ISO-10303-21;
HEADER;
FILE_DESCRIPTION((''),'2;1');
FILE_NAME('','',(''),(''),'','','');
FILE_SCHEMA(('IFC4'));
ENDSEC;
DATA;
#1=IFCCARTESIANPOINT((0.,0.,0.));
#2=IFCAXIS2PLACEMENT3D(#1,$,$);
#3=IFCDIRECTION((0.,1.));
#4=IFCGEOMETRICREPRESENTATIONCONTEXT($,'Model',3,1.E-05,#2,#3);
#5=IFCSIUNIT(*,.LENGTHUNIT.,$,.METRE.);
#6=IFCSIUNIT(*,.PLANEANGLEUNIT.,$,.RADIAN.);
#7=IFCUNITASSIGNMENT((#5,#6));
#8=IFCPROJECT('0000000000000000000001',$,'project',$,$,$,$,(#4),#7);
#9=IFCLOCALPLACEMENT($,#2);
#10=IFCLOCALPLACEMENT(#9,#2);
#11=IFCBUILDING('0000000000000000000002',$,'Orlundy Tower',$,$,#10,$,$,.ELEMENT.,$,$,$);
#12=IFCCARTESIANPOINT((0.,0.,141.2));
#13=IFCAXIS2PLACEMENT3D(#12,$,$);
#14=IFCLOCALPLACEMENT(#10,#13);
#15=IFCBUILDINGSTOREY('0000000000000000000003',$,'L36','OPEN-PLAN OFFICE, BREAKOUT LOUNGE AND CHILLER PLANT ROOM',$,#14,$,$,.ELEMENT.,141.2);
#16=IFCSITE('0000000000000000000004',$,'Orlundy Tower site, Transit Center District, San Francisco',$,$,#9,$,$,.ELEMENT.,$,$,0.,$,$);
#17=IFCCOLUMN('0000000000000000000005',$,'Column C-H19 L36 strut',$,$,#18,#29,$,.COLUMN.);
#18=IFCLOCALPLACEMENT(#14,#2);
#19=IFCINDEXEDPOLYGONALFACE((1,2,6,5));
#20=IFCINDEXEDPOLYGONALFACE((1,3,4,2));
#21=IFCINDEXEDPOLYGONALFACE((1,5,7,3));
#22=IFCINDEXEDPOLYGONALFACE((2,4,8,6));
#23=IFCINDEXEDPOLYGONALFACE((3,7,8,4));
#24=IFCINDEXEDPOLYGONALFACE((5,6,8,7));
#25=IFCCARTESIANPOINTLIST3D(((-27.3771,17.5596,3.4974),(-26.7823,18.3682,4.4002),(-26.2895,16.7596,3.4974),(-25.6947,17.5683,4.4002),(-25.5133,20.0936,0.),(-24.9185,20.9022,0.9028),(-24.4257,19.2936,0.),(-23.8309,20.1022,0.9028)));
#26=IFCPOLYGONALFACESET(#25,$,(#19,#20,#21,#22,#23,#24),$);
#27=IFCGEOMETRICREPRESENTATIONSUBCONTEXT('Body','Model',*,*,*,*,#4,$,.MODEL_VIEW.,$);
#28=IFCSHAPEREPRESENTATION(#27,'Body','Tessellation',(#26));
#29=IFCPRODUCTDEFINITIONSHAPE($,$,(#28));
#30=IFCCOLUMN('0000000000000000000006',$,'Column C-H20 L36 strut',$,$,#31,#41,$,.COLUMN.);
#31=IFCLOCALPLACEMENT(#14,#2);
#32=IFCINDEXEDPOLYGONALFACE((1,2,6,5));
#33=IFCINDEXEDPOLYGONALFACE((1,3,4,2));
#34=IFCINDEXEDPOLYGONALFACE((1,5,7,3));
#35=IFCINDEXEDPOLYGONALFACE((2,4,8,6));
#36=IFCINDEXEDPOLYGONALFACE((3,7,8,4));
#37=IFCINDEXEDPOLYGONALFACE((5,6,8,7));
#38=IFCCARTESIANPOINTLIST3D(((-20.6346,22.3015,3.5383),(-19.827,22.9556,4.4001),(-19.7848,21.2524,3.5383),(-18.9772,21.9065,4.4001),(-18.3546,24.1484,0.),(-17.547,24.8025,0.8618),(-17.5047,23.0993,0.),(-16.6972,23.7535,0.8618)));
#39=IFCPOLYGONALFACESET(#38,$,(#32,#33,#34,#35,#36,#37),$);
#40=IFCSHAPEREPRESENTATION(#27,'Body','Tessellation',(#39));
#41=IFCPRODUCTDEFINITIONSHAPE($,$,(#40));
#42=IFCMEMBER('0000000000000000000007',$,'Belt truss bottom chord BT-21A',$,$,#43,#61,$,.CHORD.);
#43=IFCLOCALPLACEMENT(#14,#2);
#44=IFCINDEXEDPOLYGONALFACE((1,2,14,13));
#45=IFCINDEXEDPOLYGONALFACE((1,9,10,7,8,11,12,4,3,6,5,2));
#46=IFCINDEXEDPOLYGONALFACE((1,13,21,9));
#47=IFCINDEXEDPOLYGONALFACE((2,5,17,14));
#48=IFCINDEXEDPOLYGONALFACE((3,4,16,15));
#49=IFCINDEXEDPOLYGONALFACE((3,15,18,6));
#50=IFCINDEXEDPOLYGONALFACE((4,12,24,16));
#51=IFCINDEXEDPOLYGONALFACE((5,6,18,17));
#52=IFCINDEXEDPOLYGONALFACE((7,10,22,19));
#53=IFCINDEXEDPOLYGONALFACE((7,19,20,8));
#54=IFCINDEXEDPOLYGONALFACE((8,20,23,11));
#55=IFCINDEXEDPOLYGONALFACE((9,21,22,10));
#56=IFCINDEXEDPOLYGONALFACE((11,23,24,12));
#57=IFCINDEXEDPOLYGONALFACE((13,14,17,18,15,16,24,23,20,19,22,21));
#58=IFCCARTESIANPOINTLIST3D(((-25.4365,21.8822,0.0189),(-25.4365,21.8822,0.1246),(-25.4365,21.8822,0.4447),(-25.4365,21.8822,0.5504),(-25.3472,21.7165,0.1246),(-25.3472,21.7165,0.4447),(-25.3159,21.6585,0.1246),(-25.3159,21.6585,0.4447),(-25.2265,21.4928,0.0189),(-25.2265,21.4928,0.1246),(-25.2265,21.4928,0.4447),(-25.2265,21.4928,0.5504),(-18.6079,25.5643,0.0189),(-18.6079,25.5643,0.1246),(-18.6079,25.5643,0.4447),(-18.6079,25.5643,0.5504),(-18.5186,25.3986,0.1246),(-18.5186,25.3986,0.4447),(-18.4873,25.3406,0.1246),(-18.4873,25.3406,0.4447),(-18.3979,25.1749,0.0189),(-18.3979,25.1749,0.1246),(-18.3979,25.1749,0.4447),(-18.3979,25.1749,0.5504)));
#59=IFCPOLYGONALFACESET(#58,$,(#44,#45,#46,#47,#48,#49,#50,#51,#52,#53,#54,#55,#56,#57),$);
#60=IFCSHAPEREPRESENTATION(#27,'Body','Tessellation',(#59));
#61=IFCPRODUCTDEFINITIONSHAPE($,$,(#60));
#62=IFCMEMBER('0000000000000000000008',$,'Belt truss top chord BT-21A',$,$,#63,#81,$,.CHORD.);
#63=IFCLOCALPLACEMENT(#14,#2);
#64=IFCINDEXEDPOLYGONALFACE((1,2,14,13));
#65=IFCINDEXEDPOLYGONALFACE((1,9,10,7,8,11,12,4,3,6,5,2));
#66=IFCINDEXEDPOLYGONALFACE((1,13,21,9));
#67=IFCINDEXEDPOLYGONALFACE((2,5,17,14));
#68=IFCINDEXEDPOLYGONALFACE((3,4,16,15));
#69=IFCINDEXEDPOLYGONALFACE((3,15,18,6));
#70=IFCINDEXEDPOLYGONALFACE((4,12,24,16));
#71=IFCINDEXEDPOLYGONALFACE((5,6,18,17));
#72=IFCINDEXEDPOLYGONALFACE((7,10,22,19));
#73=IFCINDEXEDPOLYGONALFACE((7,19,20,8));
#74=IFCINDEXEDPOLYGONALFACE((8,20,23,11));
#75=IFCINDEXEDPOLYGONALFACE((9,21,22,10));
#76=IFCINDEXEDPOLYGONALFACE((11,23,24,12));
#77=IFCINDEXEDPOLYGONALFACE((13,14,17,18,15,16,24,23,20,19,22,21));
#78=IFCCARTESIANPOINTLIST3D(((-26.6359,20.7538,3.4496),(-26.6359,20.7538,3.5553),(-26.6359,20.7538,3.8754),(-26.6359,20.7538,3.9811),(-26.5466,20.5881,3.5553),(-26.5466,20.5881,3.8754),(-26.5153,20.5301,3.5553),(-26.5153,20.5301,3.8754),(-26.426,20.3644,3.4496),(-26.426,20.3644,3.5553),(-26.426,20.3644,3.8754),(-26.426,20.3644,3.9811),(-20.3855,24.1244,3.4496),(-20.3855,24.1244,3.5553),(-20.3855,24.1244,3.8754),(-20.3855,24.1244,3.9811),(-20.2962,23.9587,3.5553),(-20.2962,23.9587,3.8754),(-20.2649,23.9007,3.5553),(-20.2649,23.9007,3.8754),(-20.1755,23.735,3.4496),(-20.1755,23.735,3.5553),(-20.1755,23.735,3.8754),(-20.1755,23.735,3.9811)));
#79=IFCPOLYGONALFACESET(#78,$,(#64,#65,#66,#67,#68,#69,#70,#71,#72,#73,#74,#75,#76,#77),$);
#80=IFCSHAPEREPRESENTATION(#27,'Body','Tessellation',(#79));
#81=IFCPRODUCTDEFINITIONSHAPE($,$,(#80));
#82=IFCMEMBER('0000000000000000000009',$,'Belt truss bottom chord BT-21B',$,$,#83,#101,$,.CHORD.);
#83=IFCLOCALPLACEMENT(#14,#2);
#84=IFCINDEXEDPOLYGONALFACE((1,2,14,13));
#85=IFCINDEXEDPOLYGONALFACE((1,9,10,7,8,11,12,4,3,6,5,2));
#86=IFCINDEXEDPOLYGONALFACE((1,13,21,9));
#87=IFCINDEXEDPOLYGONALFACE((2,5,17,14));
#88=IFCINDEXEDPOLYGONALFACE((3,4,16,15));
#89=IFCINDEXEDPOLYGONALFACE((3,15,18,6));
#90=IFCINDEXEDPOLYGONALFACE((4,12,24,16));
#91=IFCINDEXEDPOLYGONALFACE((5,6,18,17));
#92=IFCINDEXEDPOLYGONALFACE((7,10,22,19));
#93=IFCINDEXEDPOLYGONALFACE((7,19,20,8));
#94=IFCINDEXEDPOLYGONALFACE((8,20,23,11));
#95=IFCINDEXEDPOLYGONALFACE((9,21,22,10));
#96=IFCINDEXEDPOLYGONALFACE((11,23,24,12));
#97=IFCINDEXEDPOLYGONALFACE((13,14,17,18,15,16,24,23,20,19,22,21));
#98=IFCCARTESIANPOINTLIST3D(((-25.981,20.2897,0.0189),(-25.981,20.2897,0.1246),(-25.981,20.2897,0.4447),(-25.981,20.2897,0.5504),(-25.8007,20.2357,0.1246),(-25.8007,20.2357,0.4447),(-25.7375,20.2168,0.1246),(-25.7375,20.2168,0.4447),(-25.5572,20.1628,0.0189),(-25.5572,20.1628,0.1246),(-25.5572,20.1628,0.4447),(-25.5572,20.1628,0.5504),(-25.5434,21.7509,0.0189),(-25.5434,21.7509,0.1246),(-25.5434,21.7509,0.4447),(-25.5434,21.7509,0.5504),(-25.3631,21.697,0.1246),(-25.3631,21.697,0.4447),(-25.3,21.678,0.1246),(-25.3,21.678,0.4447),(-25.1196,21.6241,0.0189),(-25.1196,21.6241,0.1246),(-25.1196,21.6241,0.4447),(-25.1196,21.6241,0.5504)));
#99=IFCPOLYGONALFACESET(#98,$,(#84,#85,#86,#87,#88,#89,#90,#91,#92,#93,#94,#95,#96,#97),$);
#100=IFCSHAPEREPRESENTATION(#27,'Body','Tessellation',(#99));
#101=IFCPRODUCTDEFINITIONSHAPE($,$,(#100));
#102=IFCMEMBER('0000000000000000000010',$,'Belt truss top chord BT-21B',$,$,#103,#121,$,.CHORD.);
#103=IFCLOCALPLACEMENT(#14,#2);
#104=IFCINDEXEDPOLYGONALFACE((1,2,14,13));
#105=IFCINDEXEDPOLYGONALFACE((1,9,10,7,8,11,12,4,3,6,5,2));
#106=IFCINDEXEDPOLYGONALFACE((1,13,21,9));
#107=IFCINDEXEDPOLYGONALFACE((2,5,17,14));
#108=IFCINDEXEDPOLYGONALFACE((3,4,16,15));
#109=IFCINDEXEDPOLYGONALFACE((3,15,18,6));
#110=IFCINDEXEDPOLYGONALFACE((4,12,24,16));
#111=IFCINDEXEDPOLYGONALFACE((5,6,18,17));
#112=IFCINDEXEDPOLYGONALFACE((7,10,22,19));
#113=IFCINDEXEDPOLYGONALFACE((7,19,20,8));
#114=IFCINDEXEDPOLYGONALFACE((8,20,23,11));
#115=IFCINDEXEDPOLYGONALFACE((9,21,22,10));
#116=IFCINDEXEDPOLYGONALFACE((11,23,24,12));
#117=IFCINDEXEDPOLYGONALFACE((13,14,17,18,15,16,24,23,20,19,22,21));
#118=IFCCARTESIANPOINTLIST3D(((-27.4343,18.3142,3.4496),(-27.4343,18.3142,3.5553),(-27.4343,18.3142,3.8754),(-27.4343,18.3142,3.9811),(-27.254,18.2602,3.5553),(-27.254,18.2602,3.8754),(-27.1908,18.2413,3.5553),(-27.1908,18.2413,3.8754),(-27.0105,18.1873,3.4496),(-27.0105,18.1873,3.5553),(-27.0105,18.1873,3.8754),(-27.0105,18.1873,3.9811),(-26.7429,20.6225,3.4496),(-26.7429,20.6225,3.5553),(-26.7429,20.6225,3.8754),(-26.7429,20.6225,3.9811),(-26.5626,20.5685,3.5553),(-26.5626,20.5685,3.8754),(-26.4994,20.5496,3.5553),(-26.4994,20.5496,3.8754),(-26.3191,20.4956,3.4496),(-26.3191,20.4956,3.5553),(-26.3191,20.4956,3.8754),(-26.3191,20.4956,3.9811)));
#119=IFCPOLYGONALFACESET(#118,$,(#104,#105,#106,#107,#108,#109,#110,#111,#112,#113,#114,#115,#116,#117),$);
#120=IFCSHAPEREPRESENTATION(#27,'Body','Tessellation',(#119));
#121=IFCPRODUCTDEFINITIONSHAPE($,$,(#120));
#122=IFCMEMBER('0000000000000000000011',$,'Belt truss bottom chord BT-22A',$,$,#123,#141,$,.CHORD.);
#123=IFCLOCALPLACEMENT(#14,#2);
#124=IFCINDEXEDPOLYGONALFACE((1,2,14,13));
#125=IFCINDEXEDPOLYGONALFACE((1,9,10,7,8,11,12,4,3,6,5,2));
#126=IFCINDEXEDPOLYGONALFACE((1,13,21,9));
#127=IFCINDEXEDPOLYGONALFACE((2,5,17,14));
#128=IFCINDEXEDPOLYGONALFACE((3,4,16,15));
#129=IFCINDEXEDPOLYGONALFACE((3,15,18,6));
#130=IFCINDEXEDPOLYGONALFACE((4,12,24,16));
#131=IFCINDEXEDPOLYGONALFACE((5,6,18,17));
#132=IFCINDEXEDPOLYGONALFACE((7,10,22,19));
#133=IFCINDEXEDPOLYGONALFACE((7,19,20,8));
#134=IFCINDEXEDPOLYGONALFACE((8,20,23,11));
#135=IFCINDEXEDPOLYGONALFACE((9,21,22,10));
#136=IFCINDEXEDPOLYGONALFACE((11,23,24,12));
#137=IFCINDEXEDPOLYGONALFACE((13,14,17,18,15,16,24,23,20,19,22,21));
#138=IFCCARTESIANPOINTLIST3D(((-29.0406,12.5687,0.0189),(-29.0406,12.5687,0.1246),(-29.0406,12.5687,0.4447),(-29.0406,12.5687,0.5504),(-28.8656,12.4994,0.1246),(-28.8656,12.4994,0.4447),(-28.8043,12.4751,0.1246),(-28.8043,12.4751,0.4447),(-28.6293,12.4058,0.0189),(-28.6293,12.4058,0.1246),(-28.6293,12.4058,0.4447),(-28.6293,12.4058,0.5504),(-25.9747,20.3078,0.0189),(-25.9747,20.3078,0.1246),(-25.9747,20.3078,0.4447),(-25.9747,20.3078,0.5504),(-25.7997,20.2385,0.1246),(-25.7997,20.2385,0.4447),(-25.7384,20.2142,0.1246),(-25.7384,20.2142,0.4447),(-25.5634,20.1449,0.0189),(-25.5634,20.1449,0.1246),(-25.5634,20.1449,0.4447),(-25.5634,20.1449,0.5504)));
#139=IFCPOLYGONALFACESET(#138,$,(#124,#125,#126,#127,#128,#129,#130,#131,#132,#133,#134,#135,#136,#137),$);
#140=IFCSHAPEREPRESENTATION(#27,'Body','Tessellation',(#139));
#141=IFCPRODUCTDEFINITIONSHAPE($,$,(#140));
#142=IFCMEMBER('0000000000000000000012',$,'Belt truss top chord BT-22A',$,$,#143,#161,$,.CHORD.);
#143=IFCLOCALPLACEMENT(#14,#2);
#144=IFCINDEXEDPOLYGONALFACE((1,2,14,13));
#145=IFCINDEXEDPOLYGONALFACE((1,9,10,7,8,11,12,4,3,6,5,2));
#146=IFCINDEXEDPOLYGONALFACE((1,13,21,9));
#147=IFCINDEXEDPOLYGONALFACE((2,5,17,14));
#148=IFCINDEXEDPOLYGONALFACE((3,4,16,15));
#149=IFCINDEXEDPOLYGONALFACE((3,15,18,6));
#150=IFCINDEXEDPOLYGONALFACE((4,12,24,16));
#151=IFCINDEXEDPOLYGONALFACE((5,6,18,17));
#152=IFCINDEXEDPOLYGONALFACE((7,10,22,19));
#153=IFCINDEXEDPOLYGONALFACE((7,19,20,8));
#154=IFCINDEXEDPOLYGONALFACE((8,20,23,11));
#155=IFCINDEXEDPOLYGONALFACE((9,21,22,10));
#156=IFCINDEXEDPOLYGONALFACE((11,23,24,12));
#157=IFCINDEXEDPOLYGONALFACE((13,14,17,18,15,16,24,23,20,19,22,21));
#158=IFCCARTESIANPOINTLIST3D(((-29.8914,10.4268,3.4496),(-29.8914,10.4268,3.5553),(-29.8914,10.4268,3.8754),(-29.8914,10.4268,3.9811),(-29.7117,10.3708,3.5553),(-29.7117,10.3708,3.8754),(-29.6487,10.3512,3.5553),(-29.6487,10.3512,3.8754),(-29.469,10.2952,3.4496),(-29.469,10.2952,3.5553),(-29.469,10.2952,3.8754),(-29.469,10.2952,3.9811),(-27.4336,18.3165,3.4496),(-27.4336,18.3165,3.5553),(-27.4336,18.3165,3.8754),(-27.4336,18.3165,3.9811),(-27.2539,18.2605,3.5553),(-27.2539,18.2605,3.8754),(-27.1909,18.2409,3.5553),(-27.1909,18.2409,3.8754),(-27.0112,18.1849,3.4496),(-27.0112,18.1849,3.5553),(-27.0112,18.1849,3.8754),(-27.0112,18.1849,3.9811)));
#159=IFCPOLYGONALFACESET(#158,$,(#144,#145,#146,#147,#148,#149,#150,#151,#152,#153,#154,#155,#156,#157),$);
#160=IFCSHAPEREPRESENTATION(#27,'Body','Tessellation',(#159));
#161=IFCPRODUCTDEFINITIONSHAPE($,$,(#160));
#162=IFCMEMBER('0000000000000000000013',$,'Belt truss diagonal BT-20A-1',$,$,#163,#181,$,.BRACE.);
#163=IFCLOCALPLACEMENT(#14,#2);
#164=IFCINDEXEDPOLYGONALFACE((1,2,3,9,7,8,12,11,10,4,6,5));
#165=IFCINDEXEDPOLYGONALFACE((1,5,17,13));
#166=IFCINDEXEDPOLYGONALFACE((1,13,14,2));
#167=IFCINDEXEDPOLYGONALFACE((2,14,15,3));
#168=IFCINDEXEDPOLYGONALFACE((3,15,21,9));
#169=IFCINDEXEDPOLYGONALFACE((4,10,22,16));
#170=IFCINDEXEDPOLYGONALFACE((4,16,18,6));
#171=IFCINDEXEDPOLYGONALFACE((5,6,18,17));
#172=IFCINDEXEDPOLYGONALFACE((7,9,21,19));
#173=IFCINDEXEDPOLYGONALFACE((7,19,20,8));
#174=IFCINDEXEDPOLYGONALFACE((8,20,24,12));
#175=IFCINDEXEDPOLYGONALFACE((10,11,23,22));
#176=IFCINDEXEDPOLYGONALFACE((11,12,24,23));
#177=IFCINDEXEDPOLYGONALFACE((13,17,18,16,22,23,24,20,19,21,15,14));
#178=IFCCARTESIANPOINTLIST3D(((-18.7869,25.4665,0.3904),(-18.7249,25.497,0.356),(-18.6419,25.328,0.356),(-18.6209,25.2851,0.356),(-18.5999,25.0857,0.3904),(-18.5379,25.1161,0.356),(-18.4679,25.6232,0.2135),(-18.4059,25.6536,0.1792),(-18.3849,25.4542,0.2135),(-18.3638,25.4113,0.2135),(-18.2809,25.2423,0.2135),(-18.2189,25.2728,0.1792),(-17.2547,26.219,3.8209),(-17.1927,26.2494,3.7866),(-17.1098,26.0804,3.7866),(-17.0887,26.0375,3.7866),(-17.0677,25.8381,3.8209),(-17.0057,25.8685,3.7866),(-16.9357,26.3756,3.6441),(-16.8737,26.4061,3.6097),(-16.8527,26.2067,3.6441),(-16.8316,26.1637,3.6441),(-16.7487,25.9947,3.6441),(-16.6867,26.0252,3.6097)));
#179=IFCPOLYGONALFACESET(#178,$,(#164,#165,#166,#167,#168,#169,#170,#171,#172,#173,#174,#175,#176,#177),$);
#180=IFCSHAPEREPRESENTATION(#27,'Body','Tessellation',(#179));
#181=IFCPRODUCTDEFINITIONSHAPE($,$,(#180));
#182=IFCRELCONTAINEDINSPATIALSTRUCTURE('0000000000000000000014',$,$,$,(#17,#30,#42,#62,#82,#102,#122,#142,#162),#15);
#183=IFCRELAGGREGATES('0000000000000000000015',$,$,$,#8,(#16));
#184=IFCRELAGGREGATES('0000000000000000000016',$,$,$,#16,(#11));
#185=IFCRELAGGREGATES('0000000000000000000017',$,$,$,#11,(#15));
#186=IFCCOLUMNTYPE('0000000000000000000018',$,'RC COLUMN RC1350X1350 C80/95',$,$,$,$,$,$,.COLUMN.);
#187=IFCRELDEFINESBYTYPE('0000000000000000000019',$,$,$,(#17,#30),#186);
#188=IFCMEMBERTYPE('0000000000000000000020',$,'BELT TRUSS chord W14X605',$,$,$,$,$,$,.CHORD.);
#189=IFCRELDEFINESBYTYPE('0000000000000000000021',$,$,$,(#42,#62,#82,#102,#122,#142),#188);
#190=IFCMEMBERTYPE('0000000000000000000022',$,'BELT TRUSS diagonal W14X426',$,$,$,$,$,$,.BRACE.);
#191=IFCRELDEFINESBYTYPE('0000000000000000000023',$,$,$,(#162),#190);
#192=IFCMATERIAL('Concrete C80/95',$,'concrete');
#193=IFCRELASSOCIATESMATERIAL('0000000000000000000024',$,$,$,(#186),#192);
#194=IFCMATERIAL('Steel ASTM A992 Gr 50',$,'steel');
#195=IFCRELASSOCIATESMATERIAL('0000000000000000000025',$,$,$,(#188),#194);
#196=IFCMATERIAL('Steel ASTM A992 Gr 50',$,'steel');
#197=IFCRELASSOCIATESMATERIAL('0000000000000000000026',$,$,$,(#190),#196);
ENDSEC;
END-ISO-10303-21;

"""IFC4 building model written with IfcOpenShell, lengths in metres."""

from ifc_helpers import new_model, si_unit, direction, frame, origin, origin_2d, place, context, subcontext, project, spatial, rectangle, i_section, extrude, material, material_profile, profile_set, type_object, element, save


model = new_model("IFC4")

# Units and contexts
model_context = context("Model", 3, precision=1e-05, world=origin(), true_north=direction((0.0, 1.0)))
body_context = subcontext(model_context, "Body", "Model", "MODEL_VIEW")
ifc_project = project(units=[si_unit("LENGTHUNIT", "METRE"), si_unit("PLANEANGLEUNIT", "RADIAN")], contexts=[model_context])

# Site, building, storey
site_placement = place(None, origin())
site = spatial("IfcSite", under=ifc_project, at=site_placement, Name="Orlundy Tower site, Transit Center District, San Francisco", CompositionType="ELEMENT", RefElevation=0.0)
building_placement = place(site_placement, origin())
building = spatial("IfcBuilding", under=site, at=building_placement, Name="Orlundy Tower", CompositionType="ELEMENT")
storey_placement = place(building_placement, frame((0.0, 0.0, 141.2)))
storey = spatial("IfcBuildingStorey", under=building, at=storey_placement, Name="L36", Description="OPEN-PLAN OFFICE, BREAKOUT LOUNGE AND CHILLER PLANT ROOM", CompositionType="ELEMENT", Elevation=141.2)

# Columns
ifc_material_1 = material(Name="Concrete C80/95", Category="concrete")
ifc_material_profile_1 = material_profile(ifc_material_1, rectangle(XDim=1.3501, YDim=1.3501, at=origin_2d()), Name="RC1350X1350")
ifc_profile_set_1 = profile_set([ifc_material_profile_1], Name="Concrete C80/95")
column_type = type_object("IfcColumnType", Name="RC COLUMN RC1350X1350 C80/95", PredefinedType="COLUMN", material=ifc_profile_set_1)
column_1_placement = place(storey_placement, frame((-24.6721, 20.0979, 0.4514), z_axis=(-0.396227, -0.5387, 0.743509), x_axis=(0.805563, -0.59251, 0.0)))
element("IfcColumn", 1, at=column_1_placement, inside=storey, type_object=column_type, Name="Column C-H19 L36 strut", PredefinedType="COLUMN", context=body_context, shape_type="SweptSolid", body=[
    extrude(rectangle(XDim=1.3501, YDim=1.3501, at=origin_2d()), origin(), (0.0, 0.0, 1.0), 4.7039),
])
column_2_placement = place(storey_placement, frame((-17.5259, 23.9509, 0.4309), z_axis=(-0.496017, -0.401795, 0.769758), x_axis=(0.629442, -0.777047, 0.0)))
element("IfcColumn", 2, at=column_2_placement, inside=storey, type_object=column_type, Name="Column C-H20 L36 strut", PredefinedType="COLUMN", context=body_context, shape_type="SweptSolid", body=[
    extrude(rectangle(XDim=1.3501, YDim=1.3501, at=origin_2d()), origin(), (0.0, 0.0, 1.0), 4.5967),
])

# Members
ifc_material_2 = material(Name="Steel ASTM A992 Gr 50", Category="steel")
ifc_material_profile_2 = material_profile(ifc_material_2, i_section(OverallWidth=0.4424, OverallDepth=0.5315, WebThickness=0.0659, FlangeThickness=0.1057, at=origin_2d()), Name="W14X605")
ifc_profile_set_2 = profile_set([ifc_material_profile_2], Name="Steel ASTM A992 Gr 50")
member_type_1 = type_object("IfcMemberType", Name="BELT TRUSS chord W14X605", PredefinedType="CHORD", material=ifc_profile_set_2)
member_1_placement = place(storey_placement, frame((-18.5029, 25.3696, 0.2847), z_axis=(-0.880192, -0.474618, 0.0), x_axis=(0.474618, -0.880192, 0.0)))
element("IfcMember", 3, at=member_1_placement, inside=storey, type_object=member_type_1, Name="Belt truss bottom chord BT-21A", PredefinedType="CHORD", context=body_context, shape_type="SweptSolid", body=[
    extrude(i_section(OverallWidth=0.4424, OverallDepth=0.5315, WebThickness=0.0659, FlangeThickness=0.1057, at=origin_2d()), origin(), (0.0, 0.0, 1.0), 7.7581),
])
member_2_placement = place(storey_placement, frame((-20.2805, 23.9297, 3.7153), z_axis=(-0.880179, -0.474641, 0.0), x_axis=(0.474641, -0.880179, 0.0)))
element("IfcMember", 4, at=member_2_placement, inside=storey, type_object=member_type_1, Name="Belt truss top chord BT-21A", PredefinedType="CHORD", context=body_context, shape_type="SweptSolid", body=[
    extrude(i_section(OverallWidth=0.4424, OverallDepth=0.5315, WebThickness=0.0659, FlangeThickness=0.1057, at=origin_2d()), origin(), (0.0, 0.0, 1.0), 7.1013),
])
member_3_placement = place(storey_placement, frame((-25.3315, 21.6875, 0.2847), z_axis=(-0.286834, -0.95798, 0.0), x_axis=(0.95798, -0.286834, 0.0)))
element("IfcMember", 5, at=member_3_placement, inside=storey, type_object=member_type_1, Name="Belt truss bottom chord BT-21B", PredefinedType="CHORD", context=body_context, shape_type="SweptSolid", body=[
    extrude(i_section(OverallWidth=0.4424, OverallDepth=0.5315, WebThickness=0.0659, FlangeThickness=0.1057, at=origin_2d()), origin(), (0.0, 0.0, 1.0), 1.5254),
])
member_4_placement = place(storey_placement, frame((-26.531, 20.5591, 3.7153), z_axis=(-0.28693, -0.957952, 0.0), x_axis=(0.957952, -0.28693, 0.0)))
element("IfcMember", 6, at=member_4_placement, inside=storey, type_object=member_type_1, Name="Belt truss top chord BT-21B", PredefinedType="CHORD", context=body_context, shape_type="SweptSolid", body=[
    extrude(i_section(OverallWidth=0.4424, OverallDepth=0.5315, WebThickness=0.0659, FlangeThickness=0.1057, at=origin_2d()), origin(), (0.0, 0.0, 1.0), 2.4097),
])
member_5_placement = place(storey_placement, frame((-25.769, 20.2263, 0.2847), z_axis=(-0.368314, -0.929701, 0.0), x_axis=(0.929701, -0.368314, 0.0)))
element("IfcMember", 7, at=member_5_placement, inside=storey, type_object=member_type_1, Name="Belt truss bottom chord BT-22A", PredefinedType="CHORD", context=body_context, shape_type="SweptSolid", body=[
    extrude(i_section(OverallWidth=0.4424, OverallDepth=0.5315, WebThickness=0.0659, FlangeThickness=0.1057, at=origin_2d()), origin(), (0.0, 0.0, 1.0), 8.3242),
])
member_6_placement = place(storey_placement, frame((-27.2224, 18.2507, 3.7153), z_axis=(-0.29742, -0.954747, 0.0), x_axis=(0.954747, -0.29742, 0.0)))
element("IfcMember", 8, at=member_6_placement, inside=storey, type_object=member_type_1, Name="Belt truss top chord BT-22A", PredefinedType="CHORD", context=body_context, shape_type="SweptSolid", body=[
    extrude(i_section(OverallWidth=0.4424, OverallDepth=0.5315, WebThickness=0.0659, FlangeThickness=0.1057, at=origin_2d()), origin(), (0.0, 0.0, 1.0), 8.2637),
])
ifc_material_3 = material(Name="Steel ASTM A992 Gr 50", Category="steel")
ifc_material_profile_3 = material_profile(ifc_material_3, i_section(OverallWidth=0.4243, OverallDepth=0.4741, WebThickness=0.0479, FlangeThickness=0.0771, at=origin_2d()), Name="W14X426")
ifc_profile_set_3 = profile_set([ifc_material_profile_3], Name="Steel ASTM A992 Gr 50")
member_type_2 = type_object("IfcMemberType", Name="BELT TRUSS diagonal W14X426", PredefinedType="BRACE", material=ifc_profile_set_3)
member_7_placement = place(storey_placement, frame((-16.9707, 26.1221, 3.7153), z_axis=(-0.399862, -0.196363, -0.895294), x_axis=(0.440795, -0.897608, 0.0)))
element("IfcMember", 9, at=member_7_placement, inside=storey, type_object=member_type_2, Name="Belt truss diagonal BT-20A-1", PredefinedType="BRACE", context=body_context, shape_type="SweptSolid", body=[
    extrude(i_section(OverallWidth=0.4243, OverallDepth=0.4741, WebThickness=0.0479, FlangeThickness=0.0771, at=origin_2d()), origin(), (0.0, 0.0, 1.0), 3.8318),
])

save(model, "model.ifc")
